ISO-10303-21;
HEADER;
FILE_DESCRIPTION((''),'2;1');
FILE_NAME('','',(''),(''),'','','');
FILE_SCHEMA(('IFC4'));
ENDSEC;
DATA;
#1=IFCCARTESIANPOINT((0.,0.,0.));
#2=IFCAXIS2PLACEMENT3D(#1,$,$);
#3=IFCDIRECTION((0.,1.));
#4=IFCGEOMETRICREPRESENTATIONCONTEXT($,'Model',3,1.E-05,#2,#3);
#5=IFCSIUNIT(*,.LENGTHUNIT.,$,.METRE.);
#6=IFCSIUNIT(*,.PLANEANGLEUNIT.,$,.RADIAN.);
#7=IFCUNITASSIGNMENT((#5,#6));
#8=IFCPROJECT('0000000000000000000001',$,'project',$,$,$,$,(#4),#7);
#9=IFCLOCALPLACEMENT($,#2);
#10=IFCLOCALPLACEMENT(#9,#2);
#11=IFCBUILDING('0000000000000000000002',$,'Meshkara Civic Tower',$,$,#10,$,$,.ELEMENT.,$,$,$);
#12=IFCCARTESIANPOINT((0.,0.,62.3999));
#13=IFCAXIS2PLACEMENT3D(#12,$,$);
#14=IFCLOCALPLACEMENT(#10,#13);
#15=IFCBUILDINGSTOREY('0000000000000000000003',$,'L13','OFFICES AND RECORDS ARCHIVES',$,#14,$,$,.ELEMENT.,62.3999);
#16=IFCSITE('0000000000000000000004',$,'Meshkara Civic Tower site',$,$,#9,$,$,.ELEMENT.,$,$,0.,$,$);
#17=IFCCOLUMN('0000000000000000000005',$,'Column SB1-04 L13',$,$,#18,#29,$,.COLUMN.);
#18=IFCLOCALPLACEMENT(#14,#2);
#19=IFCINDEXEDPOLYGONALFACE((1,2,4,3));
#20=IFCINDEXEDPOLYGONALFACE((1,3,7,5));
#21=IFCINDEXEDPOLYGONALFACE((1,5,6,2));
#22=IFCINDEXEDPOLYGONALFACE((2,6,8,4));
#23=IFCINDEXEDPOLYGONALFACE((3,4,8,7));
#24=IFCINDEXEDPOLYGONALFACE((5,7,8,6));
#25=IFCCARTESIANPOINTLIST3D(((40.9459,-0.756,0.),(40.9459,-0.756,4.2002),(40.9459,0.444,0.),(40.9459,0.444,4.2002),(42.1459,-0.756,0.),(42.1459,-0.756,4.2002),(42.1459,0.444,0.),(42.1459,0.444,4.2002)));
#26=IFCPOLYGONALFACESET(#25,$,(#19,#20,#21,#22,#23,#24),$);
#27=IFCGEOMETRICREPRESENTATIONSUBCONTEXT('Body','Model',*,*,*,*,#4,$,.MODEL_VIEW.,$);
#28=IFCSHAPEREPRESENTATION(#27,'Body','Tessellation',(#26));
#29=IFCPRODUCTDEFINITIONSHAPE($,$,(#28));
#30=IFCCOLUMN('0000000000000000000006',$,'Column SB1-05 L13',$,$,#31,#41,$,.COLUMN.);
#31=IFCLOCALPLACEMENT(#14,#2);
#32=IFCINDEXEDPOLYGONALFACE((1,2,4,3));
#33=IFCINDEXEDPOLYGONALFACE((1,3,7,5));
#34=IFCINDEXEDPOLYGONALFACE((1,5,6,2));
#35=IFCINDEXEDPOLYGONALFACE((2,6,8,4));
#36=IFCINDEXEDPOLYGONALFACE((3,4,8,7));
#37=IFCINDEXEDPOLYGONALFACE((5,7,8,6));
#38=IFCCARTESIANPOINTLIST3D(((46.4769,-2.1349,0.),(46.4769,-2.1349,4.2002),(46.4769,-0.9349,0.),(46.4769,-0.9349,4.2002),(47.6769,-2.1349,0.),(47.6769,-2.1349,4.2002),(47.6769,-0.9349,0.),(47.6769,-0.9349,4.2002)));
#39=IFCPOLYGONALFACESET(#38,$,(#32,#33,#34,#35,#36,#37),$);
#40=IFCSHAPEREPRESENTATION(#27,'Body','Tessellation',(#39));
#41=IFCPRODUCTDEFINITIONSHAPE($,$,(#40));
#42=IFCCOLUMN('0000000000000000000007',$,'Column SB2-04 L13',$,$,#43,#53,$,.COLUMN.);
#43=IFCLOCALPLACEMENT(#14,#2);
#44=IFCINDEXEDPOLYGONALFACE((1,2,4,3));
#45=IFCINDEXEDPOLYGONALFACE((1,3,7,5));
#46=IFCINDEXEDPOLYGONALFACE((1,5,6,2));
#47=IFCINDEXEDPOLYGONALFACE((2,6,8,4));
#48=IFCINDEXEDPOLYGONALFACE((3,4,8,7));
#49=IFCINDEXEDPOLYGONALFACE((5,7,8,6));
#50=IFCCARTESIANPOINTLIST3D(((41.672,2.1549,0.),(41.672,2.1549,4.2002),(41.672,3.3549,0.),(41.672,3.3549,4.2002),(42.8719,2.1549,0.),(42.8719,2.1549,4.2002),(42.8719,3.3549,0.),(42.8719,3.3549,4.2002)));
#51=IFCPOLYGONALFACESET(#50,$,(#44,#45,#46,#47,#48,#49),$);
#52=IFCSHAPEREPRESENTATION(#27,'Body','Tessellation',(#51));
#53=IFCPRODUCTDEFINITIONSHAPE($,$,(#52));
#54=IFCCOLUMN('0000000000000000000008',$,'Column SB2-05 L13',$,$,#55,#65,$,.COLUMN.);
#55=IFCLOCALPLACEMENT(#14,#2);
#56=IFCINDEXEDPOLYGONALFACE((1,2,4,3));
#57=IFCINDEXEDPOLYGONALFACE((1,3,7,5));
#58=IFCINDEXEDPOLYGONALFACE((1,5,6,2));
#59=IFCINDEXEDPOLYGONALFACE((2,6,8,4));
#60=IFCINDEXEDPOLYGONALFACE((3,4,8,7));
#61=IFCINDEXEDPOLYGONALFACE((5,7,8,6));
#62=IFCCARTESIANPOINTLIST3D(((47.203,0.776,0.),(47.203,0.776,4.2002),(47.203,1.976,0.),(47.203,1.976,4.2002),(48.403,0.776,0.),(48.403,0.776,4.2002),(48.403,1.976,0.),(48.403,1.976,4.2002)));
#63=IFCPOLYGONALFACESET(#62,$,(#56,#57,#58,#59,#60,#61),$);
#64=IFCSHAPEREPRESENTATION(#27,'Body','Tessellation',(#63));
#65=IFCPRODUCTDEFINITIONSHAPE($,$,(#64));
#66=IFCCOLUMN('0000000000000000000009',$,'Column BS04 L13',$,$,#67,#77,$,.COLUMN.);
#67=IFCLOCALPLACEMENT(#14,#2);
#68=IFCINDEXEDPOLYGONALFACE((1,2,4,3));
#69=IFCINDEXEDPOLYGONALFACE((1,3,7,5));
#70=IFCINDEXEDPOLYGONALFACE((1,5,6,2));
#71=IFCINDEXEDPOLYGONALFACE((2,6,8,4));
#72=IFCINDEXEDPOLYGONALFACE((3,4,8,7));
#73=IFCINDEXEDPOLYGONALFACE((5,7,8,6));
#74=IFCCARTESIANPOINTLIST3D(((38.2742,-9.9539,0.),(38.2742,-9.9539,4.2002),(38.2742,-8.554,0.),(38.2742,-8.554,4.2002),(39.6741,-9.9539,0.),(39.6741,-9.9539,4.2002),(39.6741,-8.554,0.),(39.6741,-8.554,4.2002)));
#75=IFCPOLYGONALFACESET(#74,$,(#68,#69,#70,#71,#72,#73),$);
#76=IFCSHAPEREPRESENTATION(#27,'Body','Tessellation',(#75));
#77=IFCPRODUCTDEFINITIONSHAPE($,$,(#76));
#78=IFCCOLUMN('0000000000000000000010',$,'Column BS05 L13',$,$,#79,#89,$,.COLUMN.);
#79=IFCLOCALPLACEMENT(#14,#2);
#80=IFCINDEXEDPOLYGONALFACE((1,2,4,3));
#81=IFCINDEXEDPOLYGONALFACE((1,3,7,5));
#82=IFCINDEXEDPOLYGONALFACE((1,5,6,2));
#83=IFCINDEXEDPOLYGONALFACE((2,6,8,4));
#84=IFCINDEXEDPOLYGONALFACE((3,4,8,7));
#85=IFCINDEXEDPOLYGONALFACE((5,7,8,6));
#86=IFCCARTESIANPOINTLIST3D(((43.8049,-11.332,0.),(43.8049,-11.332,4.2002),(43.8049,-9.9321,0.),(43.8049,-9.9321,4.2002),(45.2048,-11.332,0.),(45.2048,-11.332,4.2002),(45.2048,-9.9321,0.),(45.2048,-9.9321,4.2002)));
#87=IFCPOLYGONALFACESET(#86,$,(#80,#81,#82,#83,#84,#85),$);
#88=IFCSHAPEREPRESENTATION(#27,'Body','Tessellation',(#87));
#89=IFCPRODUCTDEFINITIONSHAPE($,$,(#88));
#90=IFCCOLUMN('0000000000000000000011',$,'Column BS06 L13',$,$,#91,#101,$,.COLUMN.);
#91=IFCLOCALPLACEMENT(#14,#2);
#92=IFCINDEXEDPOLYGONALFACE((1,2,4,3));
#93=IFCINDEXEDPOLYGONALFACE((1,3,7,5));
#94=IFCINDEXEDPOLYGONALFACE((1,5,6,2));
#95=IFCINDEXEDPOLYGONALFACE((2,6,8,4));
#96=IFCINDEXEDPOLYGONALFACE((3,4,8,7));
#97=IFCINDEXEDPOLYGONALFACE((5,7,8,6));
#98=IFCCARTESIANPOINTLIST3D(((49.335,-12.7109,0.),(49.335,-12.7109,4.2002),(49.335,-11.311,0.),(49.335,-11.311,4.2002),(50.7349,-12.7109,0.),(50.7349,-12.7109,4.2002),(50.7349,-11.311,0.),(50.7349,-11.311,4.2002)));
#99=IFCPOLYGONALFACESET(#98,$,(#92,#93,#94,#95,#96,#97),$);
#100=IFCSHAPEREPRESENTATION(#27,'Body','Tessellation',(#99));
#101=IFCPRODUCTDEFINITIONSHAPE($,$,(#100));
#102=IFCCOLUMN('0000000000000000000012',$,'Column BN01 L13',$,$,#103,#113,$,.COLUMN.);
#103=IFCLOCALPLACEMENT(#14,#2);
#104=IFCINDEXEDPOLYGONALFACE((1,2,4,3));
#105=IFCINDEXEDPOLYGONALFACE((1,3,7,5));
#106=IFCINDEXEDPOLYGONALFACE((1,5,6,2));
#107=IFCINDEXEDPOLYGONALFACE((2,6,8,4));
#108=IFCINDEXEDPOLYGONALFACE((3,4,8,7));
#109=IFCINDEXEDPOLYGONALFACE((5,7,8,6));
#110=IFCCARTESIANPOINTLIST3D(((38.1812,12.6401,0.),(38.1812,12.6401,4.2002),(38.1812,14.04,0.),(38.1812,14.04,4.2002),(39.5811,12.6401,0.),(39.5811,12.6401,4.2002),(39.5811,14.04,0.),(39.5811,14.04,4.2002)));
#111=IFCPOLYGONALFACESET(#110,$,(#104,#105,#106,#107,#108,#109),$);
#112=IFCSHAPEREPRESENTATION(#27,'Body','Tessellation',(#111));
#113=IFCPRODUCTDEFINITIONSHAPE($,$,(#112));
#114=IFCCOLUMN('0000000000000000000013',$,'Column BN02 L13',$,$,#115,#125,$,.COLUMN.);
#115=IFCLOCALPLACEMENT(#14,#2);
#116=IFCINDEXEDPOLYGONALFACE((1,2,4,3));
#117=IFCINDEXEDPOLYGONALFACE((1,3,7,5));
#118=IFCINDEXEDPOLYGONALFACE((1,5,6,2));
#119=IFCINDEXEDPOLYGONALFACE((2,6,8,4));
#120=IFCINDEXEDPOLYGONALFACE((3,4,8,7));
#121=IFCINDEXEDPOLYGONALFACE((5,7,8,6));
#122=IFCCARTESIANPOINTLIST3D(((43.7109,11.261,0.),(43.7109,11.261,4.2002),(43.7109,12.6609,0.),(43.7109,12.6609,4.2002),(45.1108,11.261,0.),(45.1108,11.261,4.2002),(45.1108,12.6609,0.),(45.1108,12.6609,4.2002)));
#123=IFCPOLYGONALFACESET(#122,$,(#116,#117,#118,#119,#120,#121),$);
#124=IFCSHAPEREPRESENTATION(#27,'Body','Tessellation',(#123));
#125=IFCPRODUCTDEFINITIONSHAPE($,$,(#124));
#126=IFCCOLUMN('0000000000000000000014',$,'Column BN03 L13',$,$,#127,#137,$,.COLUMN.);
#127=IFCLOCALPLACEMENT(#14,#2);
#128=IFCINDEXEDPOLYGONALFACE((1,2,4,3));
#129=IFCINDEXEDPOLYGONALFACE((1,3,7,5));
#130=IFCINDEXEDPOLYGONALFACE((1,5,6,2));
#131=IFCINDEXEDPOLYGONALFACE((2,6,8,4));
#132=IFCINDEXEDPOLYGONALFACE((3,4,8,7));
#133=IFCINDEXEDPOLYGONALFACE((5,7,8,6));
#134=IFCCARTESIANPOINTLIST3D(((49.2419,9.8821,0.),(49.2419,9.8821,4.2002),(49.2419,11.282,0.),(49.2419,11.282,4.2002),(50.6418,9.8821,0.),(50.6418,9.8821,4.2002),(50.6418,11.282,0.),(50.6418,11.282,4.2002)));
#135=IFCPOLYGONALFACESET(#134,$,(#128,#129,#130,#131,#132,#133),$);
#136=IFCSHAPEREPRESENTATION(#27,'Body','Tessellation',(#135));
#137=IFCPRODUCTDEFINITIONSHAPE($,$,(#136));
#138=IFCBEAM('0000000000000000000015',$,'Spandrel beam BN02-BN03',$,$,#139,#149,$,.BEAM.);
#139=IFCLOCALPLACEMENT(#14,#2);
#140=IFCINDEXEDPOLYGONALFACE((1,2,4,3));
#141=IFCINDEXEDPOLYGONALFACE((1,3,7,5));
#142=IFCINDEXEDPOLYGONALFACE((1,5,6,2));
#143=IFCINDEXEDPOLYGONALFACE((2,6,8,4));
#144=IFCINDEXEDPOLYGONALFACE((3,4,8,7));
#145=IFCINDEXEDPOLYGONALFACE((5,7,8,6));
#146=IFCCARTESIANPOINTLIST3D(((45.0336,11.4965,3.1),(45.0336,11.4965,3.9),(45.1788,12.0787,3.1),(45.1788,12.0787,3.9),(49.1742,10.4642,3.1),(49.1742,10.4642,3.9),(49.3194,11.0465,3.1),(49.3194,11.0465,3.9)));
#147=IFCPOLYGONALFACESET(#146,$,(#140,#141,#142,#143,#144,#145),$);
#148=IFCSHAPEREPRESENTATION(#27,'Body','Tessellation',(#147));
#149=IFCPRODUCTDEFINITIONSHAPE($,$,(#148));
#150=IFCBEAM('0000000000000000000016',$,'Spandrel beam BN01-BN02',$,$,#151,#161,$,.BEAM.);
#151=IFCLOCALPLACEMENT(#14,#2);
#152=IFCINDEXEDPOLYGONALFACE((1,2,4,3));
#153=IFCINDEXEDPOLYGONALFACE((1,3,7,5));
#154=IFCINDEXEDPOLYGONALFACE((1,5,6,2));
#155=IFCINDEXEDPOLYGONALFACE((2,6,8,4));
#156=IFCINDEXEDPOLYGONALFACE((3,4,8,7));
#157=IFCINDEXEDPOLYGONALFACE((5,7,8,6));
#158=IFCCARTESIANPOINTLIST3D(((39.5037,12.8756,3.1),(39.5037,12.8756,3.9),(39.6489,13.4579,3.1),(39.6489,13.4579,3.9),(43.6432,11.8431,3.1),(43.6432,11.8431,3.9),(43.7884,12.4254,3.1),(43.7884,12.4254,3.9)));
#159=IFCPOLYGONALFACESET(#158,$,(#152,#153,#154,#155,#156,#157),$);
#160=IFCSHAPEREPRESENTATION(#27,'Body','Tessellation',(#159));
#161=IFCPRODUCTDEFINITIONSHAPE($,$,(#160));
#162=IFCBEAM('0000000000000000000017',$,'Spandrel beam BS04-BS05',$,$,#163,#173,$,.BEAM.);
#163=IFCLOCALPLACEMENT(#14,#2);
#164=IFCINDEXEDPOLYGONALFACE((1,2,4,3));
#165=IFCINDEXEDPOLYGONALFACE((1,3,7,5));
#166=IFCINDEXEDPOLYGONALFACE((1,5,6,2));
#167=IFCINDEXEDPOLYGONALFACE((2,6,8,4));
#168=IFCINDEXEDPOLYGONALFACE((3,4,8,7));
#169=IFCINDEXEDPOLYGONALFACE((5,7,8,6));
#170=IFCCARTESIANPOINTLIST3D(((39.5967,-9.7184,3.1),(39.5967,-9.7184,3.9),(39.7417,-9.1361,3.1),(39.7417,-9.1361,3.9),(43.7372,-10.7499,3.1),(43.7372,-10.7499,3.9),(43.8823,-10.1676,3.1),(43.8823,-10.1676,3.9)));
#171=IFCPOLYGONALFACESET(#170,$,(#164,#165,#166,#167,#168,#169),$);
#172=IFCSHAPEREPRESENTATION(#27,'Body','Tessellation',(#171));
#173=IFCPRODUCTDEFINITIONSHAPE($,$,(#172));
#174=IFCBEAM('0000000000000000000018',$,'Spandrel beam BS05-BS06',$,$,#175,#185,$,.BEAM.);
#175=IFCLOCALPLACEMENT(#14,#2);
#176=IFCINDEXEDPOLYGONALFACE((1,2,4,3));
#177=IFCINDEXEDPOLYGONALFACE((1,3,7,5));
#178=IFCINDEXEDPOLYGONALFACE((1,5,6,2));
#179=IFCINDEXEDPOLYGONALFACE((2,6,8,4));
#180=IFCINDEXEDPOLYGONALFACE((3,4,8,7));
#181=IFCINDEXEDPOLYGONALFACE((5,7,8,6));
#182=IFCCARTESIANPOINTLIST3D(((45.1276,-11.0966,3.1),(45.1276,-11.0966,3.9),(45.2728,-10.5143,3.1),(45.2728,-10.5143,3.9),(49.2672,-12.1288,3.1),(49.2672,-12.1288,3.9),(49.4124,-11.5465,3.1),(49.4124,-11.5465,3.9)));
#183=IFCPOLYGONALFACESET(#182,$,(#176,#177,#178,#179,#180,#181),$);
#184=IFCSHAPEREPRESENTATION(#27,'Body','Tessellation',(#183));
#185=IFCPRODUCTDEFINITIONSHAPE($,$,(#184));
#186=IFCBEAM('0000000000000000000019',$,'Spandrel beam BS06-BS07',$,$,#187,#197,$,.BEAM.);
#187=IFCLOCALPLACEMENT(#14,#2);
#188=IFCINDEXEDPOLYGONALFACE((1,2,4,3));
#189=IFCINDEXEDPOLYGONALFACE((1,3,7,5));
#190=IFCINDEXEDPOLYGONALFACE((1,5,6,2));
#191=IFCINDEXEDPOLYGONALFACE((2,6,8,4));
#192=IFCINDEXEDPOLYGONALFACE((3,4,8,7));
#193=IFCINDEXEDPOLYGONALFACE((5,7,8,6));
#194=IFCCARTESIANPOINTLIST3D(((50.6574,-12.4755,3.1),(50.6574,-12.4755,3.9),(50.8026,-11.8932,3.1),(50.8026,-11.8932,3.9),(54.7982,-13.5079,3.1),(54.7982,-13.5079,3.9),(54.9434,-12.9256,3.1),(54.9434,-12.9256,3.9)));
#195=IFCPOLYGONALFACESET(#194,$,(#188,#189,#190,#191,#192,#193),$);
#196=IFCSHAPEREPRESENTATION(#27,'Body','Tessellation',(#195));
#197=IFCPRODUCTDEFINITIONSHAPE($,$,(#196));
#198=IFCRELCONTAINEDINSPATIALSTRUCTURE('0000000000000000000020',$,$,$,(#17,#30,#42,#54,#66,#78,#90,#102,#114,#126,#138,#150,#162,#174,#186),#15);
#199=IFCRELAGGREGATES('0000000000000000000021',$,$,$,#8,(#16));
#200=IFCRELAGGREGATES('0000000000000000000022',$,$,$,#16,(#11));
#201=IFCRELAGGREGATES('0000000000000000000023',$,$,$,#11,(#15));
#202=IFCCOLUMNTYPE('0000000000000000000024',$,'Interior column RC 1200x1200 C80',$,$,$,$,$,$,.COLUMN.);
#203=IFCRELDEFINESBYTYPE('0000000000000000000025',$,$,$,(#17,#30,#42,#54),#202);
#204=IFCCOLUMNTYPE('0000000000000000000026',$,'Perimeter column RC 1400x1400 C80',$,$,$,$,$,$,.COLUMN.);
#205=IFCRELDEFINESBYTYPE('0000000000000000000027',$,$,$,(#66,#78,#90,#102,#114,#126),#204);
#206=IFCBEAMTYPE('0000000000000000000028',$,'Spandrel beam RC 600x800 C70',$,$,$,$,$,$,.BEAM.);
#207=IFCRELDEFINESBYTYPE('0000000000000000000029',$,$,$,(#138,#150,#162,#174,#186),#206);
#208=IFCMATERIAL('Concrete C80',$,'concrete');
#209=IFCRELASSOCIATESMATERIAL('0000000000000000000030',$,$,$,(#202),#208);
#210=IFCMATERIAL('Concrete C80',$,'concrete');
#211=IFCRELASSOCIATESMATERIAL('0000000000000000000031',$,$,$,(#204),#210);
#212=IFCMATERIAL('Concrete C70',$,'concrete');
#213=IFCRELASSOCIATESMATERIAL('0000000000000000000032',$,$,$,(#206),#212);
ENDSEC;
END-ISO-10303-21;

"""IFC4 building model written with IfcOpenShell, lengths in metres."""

from ifc_helpers import new_model, si_unit, direction, frame, origin, origin_2d, place, context, subcontext, project, spatial, rectangle, extrude, material, material_profile, profile_set, type_object, element, save


model = new_model("IFC4")

# Units and contexts
model_context = context("Model", 3, precision=1e-05, world=origin(), true_north=direction((0.0, 1.0)))
body_context = subcontext(model_context, "Body", "Model", "MODEL_VIEW")
ifc_project = project(units=[si_unit("LENGTHUNIT", "METRE"), si_unit("PLANEANGLEUNIT", "RADIAN")], contexts=[model_context])

# Site, building, storey
site_placement = place(None, origin())
site = spatial("IfcSite", under=ifc_project, at=site_placement, Name="Meshkara Civic Tower site", CompositionType="ELEMENT", RefElevation=0.0)
building_placement = place(site_placement, origin())
building = spatial("IfcBuilding", under=site, at=building_placement, Name="Meshkara Civic Tower", CompositionType="ELEMENT")
storey_placement = place(building_placement, frame((0.0, 0.0, 62.3999)))
storey = spatial("IfcBuildingStorey", under=building, at=storey_placement, Name="L13", Description="OFFICES AND RECORDS ARCHIVES", CompositionType="ELEMENT", Elevation=62.3999)

# Columns
ifc_material_1 = material(Name="Concrete C80", Category="concrete")
ifc_material_profile_1 = material_profile(ifc_material_1, rectangle(XDim=1.2, YDim=1.2, at=origin_2d()))
ifc_profile_set_1 = profile_set([ifc_material_profile_1], Name="Concrete C80")
column_type_1 = type_object("IfcColumnType", Name="Interior column RC 1200x1200 C80", PredefinedType="COLUMN", material=ifc_profile_set_1)
for number, where, z_axis, x_axis, name in (
    (1, (41.5459, -0.156, 0.0), (0.0, 0.0, 1.0), (1.0, 0.0, 0.0), "Column SB1-04 L13"),
    (2, (47.0769, -1.5349, 0.0), (0.0, 0.0, 1.0), (1.0, 0.0, 0.0), "Column SB1-05 L13"),
    (3, (42.272, 2.7549, 0.0), (0.0, 0.0, 1.0), (1.0, 0.0, 0.0), "Column SB2-04 L13"),
    (4, (47.803, 1.376, 0.0), (0.0, 0.0, 1.0), (1.0, 0.0, 0.0), "Column SB2-05 L13"),
):
    element("IfcColumn", number, at=place(storey_placement, frame(where, z_axis=z_axis, x_axis=x_axis)), inside=storey, type_object=column_type_1, Name=name, PredefinedType="COLUMN", context=body_context, shape_type="SweptSolid", body=[
        extrude(rectangle(XDim=1.2, YDim=1.2, at=origin_2d()), origin(), (0.0, 0.0, 1.0), 4.2002),
    ])
ifc_material_2 = material(Name="Concrete C80", Category="concrete")
ifc_material_profile_2 = material_profile(ifc_material_2, rectangle(XDim=1.3999, YDim=1.3999, at=origin_2d()))
ifc_profile_set_2 = profile_set([ifc_material_profile_2], Name="Concrete C80")
column_type_2 = type_object("IfcColumnType", Name="Perimeter column RC 1400x1400 C80", PredefinedType="COLUMN", material=ifc_profile_set_2)
for number, where, z_axis, x_axis, name in (
    (5, (38.9741, -9.2539, 0.0), (0.0, 0.0, 1.0), (1.0, 0.0, 0.0), "Column BS04 L13"),
    (6, (44.5049, -10.6321, 0.0), (0.0, 0.0, 1.0), (1.0, 0.0, 0.0), "Column BS05 L13"),
    (7, (50.0349, -12.011, 0.0), (0.0, 0.0, 1.0), (1.0, 0.0, 0.0), "Column BS06 L13"),
    (8, (38.8811, 13.3401, 0.0), (0.0, 0.0, 1.0), (1.0, 0.0, 0.0), "Column BN01 L13"),
    (9, (44.4109, 11.9609, 0.0), (0.0, 0.0, 1.0), (1.0, 0.0, 0.0), "Column BN02 L13"),
    (10, (49.9419, 10.582, 0.0), (0.0, 0.0, 1.0), (1.0, 0.0, 0.0), "Column BN03 L13"),
):
    element("IfcColumn", number, at=place(storey_placement, frame(where, z_axis=z_axis, x_axis=x_axis)), inside=storey, type_object=column_type_2, Name=name, PredefinedType="COLUMN", context=body_context, shape_type="SweptSolid", body=[
        extrude(rectangle(XDim=1.3999, YDim=1.3999, at=origin_2d()), origin(), (0.0, 0.0, 1.0), 4.2002),
    ])

# Beams
ifc_material_3 = material(Name="Concrete C70", Category="concrete")
ifc_material_profile_3 = material_profile(ifc_material_3, rectangle(XDim=0.6001, YDim=0.8, at=origin_2d()))
ifc_profile_set_3 = profile_set([ifc_material_profile_3], Name="Concrete C70")
beam_type = type_object("IfcBeamType", Name="Spandrel beam RC 600x800 C70", PredefinedType="BEAM", material=ifc_profile_set_3)
beam_1_placement = place(storey_placement, frame((49.2468, 10.7554, 3.5), z_axis=(-0.970304, 0.241889, 0.0), x_axis=(-0.241889, -0.970304, 0.0)))
element("IfcBeam", 11, at=beam_1_placement, inside=storey, type_object=beam_type, Name="Spandrel beam BN02-BN03", PredefinedType="BEAM", context=body_context, shape_type="SweptSolid", body=[
    extrude(rectangle(XDim=0.6001, YDim=0.8, at=origin_2d()), origin(), (0.0, 0.0, 1.0), 4.2673),
])
beam_2_placement = place(storey_placement, frame((43.7158, 12.1343, 3.5), z_axis=(-0.970277, 0.241997, 0.0), x_axis=(-0.241997, -0.970277, 0.0)))
element("IfcBeam", 12, at=beam_2_placement, inside=storey, type_object=beam_type, Name="Spandrel beam BN01-BN02", PredefinedType="BEAM", context=body_context, shape_type="SweptSolid", body=[
    extrude(rectangle(XDim=0.6001, YDim=0.8, at=origin_2d()), origin(), (0.0, 0.0, 1.0), 4.2664),
])
beam_3_placement = place(storey_placement, frame((39.6692, -9.4272, 3.5), z_axis=(0.970344, -0.241728, 0.0), x_axis=(0.241728, 0.970344, 0.0)))
element("IfcBeam", 13, at=beam_3_placement, inside=storey, type_object=beam_type, Name="Spandrel beam BS04-BS05", PredefinedType="BEAM", context=body_context, shape_type="SweptSolid", body=[
    extrude(rectangle(XDim=0.6001, YDim=0.8, at=origin_2d()), origin(), (0.0, 0.0, 1.0), 4.2671),
])
beam_4_placement = place(storey_placement, frame((45.2002, -10.8054, 3.5), z_axis=(0.97029, -0.241943, 0.0), x_axis=(0.241943, 0.97029, 0.0)))
element("IfcBeam", 14, at=beam_4_placement, inside=storey, type_object=beam_type, Name="Spandrel beam BS05-BS06", PredefinedType="BEAM", context=body_context, shape_type="SweptSolid", body=[
    extrude(rectangle(XDim=0.6001, YDim=0.8, at=origin_2d()), origin(), (0.0, 0.0, 1.0), 4.2664),
])
beam_5_placement = place(storey_placement, frame((50.73, -12.1843, 3.5), z_axis=(0.970294, -0.24193, 0.0), x_axis=(0.24193, 0.970294, 0.0)))
element("IfcBeam", 15, at=beam_5_placement, inside=storey, type_object=beam_type, Name="Spandrel beam BS06-BS07", PredefinedType="BEAM", context=body_context, shape_type="SweptSolid", body=[
    extrude(rectangle(XDim=0.6001, YDim=0.8, at=origin_2d()), origin(), (0.0, 0.0, 1.0), 4.2676),
])

save(model, "model.ifc")
